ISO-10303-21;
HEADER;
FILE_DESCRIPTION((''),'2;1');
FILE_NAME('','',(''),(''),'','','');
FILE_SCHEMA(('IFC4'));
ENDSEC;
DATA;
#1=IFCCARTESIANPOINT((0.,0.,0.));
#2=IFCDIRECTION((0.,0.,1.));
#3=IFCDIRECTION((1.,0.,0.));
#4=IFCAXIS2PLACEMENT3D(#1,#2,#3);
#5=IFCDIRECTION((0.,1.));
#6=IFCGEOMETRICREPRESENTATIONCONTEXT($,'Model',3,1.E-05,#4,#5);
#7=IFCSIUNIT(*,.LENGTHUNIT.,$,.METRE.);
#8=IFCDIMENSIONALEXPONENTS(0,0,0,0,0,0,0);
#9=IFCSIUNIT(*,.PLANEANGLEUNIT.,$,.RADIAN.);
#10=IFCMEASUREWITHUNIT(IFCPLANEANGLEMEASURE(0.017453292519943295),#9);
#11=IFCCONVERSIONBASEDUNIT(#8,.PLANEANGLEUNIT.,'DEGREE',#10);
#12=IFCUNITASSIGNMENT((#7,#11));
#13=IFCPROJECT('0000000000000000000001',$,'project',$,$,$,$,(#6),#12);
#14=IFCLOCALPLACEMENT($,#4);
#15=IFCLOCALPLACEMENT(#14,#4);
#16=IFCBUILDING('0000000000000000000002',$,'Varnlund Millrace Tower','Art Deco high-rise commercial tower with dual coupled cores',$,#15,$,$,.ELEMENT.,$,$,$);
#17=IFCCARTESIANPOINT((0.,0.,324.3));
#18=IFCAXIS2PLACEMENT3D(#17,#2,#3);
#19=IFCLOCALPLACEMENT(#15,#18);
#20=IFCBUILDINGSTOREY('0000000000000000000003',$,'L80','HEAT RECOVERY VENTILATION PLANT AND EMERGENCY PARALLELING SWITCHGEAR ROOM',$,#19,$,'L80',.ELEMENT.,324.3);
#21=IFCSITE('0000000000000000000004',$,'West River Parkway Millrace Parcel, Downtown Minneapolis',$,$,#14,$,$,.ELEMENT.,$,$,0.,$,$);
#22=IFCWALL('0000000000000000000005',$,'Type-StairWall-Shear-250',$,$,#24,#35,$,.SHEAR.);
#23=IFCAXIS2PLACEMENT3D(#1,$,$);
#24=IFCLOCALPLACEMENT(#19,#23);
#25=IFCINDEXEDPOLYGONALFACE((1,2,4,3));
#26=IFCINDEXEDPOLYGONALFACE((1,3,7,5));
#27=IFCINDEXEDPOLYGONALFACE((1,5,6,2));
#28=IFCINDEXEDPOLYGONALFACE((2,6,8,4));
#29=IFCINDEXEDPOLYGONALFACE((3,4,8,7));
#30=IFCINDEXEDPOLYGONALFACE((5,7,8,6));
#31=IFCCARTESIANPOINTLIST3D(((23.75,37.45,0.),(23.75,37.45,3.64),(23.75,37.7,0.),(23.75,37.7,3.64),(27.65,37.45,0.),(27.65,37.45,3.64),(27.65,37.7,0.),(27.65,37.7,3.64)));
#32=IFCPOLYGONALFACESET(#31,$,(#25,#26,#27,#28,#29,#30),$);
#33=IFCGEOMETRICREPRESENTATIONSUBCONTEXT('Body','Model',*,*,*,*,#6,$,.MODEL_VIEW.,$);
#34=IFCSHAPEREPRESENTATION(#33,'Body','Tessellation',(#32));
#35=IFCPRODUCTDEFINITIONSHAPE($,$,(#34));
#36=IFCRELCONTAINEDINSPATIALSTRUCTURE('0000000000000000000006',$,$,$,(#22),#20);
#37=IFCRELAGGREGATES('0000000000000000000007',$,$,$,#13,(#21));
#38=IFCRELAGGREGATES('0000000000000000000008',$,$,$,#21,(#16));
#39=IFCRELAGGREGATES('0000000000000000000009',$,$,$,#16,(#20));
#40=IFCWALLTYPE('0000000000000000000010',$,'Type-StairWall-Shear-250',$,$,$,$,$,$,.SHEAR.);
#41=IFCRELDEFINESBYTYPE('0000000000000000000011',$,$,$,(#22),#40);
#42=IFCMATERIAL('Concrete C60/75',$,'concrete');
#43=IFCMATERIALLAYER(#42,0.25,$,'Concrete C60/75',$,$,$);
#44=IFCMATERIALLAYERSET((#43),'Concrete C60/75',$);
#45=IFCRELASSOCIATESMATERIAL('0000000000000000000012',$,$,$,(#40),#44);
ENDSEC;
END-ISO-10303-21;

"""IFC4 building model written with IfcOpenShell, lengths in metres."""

from ifc_helpers import new_model, entity, si_unit, converted_unit, direction, frame, origin_with_axes, place, context, subcontext, project, spatial, polyline, outline, extrude, material, layer, layer_set, type_object, element, save


model = new_model("IFC4")

# Units and contexts
model_context = context("Model", 3, precision=1e-05, world=origin_with_axes(), true_north=direction((0.0, 1.0)))
body_context = subcontext(model_context, "Body", "Model", "MODEL_VIEW")
ifc_project = project(units=[si_unit("LENGTHUNIT", "METRE"), converted_unit("PLANEANGLEUNIT", "DEGREE", entity("IfcPlaneAngleMeasure", 0.017453292519943295), si_unit("PLANEANGLEUNIT", "RADIAN"), dimensions=[0, 0, 0, 0, 0, 0, 0])], contexts=[model_context])

# Site, building, storey
site_placement = place(None, origin_with_axes())
site = spatial("IfcSite", under=ifc_project, at=site_placement, Name="West River Parkway Millrace Parcel, Downtown Minneapolis", CompositionType="ELEMENT", RefElevation=0.0)
building_placement = place(site_placement, origin_with_axes())
building = spatial("IfcBuilding", under=site, at=building_placement, Name="Varnlund Millrace Tower", Description="Art Deco high-rise commercial tower with dual coupled cores", CompositionType="ELEMENT")
storey_placement = place(building_placement, frame((0.0, 0.0, 324.3), z_axis=(0.0, 0.0, 1.0), x_axis=(1.0, 0.0, 0.0)))
storey = spatial("IfcBuildingStorey", under=building, at=storey_placement, Name="L80", Description="HEAT RECOVERY VENTILATION PLANT AND EMERGENCY PARALLELING SWITCHGEAR ROOM", LongName="L80", CompositionType="ELEMENT", Elevation=324.3)

# Shared definitions
ifc_material_1 = material(Name="Concrete C60/75", Category="concrete")
ifc_layer_1 = layer(ifc_material_1, 0.25, Name="Concrete C60/75")
ifc_layer_set_1 = layer_set([ifc_layer_1], Name="Concrete C60/75")

# Shared definitions
wall_type_1 = type_object("IfcWallType", Name="Type-StairWall-Shear-250", PredefinedType="SHEAR", material=ifc_layer_set_1)

# Wall
for number, where, z_axis, x_axis, name in (
    (1, (23.75, 37.575, 0.0), (0.0, 0.0, 1.0), (1.0, 0.0, 0.0), "Type-StairWall-Shear-250"),
):
    element("IfcWall", number, at=place(storey_placement, frame(where, z_axis=z_axis, x_axis=x_axis)), inside=storey, type_object=wall_type_1, Name=name, PredefinedType="SHEAR", context=body_context, shape_type="SweptSolid", body=[
        extrude(outline(polyline([(0.0, -0.125), (3.9, -0.125), (3.9, 0.125), (0.0, 0.125), (0.0, -0.125)])), origin_with_axes(), (0.0, 0.0, 1.0), 3.64),
    ])

save(model, "model.ifc")
